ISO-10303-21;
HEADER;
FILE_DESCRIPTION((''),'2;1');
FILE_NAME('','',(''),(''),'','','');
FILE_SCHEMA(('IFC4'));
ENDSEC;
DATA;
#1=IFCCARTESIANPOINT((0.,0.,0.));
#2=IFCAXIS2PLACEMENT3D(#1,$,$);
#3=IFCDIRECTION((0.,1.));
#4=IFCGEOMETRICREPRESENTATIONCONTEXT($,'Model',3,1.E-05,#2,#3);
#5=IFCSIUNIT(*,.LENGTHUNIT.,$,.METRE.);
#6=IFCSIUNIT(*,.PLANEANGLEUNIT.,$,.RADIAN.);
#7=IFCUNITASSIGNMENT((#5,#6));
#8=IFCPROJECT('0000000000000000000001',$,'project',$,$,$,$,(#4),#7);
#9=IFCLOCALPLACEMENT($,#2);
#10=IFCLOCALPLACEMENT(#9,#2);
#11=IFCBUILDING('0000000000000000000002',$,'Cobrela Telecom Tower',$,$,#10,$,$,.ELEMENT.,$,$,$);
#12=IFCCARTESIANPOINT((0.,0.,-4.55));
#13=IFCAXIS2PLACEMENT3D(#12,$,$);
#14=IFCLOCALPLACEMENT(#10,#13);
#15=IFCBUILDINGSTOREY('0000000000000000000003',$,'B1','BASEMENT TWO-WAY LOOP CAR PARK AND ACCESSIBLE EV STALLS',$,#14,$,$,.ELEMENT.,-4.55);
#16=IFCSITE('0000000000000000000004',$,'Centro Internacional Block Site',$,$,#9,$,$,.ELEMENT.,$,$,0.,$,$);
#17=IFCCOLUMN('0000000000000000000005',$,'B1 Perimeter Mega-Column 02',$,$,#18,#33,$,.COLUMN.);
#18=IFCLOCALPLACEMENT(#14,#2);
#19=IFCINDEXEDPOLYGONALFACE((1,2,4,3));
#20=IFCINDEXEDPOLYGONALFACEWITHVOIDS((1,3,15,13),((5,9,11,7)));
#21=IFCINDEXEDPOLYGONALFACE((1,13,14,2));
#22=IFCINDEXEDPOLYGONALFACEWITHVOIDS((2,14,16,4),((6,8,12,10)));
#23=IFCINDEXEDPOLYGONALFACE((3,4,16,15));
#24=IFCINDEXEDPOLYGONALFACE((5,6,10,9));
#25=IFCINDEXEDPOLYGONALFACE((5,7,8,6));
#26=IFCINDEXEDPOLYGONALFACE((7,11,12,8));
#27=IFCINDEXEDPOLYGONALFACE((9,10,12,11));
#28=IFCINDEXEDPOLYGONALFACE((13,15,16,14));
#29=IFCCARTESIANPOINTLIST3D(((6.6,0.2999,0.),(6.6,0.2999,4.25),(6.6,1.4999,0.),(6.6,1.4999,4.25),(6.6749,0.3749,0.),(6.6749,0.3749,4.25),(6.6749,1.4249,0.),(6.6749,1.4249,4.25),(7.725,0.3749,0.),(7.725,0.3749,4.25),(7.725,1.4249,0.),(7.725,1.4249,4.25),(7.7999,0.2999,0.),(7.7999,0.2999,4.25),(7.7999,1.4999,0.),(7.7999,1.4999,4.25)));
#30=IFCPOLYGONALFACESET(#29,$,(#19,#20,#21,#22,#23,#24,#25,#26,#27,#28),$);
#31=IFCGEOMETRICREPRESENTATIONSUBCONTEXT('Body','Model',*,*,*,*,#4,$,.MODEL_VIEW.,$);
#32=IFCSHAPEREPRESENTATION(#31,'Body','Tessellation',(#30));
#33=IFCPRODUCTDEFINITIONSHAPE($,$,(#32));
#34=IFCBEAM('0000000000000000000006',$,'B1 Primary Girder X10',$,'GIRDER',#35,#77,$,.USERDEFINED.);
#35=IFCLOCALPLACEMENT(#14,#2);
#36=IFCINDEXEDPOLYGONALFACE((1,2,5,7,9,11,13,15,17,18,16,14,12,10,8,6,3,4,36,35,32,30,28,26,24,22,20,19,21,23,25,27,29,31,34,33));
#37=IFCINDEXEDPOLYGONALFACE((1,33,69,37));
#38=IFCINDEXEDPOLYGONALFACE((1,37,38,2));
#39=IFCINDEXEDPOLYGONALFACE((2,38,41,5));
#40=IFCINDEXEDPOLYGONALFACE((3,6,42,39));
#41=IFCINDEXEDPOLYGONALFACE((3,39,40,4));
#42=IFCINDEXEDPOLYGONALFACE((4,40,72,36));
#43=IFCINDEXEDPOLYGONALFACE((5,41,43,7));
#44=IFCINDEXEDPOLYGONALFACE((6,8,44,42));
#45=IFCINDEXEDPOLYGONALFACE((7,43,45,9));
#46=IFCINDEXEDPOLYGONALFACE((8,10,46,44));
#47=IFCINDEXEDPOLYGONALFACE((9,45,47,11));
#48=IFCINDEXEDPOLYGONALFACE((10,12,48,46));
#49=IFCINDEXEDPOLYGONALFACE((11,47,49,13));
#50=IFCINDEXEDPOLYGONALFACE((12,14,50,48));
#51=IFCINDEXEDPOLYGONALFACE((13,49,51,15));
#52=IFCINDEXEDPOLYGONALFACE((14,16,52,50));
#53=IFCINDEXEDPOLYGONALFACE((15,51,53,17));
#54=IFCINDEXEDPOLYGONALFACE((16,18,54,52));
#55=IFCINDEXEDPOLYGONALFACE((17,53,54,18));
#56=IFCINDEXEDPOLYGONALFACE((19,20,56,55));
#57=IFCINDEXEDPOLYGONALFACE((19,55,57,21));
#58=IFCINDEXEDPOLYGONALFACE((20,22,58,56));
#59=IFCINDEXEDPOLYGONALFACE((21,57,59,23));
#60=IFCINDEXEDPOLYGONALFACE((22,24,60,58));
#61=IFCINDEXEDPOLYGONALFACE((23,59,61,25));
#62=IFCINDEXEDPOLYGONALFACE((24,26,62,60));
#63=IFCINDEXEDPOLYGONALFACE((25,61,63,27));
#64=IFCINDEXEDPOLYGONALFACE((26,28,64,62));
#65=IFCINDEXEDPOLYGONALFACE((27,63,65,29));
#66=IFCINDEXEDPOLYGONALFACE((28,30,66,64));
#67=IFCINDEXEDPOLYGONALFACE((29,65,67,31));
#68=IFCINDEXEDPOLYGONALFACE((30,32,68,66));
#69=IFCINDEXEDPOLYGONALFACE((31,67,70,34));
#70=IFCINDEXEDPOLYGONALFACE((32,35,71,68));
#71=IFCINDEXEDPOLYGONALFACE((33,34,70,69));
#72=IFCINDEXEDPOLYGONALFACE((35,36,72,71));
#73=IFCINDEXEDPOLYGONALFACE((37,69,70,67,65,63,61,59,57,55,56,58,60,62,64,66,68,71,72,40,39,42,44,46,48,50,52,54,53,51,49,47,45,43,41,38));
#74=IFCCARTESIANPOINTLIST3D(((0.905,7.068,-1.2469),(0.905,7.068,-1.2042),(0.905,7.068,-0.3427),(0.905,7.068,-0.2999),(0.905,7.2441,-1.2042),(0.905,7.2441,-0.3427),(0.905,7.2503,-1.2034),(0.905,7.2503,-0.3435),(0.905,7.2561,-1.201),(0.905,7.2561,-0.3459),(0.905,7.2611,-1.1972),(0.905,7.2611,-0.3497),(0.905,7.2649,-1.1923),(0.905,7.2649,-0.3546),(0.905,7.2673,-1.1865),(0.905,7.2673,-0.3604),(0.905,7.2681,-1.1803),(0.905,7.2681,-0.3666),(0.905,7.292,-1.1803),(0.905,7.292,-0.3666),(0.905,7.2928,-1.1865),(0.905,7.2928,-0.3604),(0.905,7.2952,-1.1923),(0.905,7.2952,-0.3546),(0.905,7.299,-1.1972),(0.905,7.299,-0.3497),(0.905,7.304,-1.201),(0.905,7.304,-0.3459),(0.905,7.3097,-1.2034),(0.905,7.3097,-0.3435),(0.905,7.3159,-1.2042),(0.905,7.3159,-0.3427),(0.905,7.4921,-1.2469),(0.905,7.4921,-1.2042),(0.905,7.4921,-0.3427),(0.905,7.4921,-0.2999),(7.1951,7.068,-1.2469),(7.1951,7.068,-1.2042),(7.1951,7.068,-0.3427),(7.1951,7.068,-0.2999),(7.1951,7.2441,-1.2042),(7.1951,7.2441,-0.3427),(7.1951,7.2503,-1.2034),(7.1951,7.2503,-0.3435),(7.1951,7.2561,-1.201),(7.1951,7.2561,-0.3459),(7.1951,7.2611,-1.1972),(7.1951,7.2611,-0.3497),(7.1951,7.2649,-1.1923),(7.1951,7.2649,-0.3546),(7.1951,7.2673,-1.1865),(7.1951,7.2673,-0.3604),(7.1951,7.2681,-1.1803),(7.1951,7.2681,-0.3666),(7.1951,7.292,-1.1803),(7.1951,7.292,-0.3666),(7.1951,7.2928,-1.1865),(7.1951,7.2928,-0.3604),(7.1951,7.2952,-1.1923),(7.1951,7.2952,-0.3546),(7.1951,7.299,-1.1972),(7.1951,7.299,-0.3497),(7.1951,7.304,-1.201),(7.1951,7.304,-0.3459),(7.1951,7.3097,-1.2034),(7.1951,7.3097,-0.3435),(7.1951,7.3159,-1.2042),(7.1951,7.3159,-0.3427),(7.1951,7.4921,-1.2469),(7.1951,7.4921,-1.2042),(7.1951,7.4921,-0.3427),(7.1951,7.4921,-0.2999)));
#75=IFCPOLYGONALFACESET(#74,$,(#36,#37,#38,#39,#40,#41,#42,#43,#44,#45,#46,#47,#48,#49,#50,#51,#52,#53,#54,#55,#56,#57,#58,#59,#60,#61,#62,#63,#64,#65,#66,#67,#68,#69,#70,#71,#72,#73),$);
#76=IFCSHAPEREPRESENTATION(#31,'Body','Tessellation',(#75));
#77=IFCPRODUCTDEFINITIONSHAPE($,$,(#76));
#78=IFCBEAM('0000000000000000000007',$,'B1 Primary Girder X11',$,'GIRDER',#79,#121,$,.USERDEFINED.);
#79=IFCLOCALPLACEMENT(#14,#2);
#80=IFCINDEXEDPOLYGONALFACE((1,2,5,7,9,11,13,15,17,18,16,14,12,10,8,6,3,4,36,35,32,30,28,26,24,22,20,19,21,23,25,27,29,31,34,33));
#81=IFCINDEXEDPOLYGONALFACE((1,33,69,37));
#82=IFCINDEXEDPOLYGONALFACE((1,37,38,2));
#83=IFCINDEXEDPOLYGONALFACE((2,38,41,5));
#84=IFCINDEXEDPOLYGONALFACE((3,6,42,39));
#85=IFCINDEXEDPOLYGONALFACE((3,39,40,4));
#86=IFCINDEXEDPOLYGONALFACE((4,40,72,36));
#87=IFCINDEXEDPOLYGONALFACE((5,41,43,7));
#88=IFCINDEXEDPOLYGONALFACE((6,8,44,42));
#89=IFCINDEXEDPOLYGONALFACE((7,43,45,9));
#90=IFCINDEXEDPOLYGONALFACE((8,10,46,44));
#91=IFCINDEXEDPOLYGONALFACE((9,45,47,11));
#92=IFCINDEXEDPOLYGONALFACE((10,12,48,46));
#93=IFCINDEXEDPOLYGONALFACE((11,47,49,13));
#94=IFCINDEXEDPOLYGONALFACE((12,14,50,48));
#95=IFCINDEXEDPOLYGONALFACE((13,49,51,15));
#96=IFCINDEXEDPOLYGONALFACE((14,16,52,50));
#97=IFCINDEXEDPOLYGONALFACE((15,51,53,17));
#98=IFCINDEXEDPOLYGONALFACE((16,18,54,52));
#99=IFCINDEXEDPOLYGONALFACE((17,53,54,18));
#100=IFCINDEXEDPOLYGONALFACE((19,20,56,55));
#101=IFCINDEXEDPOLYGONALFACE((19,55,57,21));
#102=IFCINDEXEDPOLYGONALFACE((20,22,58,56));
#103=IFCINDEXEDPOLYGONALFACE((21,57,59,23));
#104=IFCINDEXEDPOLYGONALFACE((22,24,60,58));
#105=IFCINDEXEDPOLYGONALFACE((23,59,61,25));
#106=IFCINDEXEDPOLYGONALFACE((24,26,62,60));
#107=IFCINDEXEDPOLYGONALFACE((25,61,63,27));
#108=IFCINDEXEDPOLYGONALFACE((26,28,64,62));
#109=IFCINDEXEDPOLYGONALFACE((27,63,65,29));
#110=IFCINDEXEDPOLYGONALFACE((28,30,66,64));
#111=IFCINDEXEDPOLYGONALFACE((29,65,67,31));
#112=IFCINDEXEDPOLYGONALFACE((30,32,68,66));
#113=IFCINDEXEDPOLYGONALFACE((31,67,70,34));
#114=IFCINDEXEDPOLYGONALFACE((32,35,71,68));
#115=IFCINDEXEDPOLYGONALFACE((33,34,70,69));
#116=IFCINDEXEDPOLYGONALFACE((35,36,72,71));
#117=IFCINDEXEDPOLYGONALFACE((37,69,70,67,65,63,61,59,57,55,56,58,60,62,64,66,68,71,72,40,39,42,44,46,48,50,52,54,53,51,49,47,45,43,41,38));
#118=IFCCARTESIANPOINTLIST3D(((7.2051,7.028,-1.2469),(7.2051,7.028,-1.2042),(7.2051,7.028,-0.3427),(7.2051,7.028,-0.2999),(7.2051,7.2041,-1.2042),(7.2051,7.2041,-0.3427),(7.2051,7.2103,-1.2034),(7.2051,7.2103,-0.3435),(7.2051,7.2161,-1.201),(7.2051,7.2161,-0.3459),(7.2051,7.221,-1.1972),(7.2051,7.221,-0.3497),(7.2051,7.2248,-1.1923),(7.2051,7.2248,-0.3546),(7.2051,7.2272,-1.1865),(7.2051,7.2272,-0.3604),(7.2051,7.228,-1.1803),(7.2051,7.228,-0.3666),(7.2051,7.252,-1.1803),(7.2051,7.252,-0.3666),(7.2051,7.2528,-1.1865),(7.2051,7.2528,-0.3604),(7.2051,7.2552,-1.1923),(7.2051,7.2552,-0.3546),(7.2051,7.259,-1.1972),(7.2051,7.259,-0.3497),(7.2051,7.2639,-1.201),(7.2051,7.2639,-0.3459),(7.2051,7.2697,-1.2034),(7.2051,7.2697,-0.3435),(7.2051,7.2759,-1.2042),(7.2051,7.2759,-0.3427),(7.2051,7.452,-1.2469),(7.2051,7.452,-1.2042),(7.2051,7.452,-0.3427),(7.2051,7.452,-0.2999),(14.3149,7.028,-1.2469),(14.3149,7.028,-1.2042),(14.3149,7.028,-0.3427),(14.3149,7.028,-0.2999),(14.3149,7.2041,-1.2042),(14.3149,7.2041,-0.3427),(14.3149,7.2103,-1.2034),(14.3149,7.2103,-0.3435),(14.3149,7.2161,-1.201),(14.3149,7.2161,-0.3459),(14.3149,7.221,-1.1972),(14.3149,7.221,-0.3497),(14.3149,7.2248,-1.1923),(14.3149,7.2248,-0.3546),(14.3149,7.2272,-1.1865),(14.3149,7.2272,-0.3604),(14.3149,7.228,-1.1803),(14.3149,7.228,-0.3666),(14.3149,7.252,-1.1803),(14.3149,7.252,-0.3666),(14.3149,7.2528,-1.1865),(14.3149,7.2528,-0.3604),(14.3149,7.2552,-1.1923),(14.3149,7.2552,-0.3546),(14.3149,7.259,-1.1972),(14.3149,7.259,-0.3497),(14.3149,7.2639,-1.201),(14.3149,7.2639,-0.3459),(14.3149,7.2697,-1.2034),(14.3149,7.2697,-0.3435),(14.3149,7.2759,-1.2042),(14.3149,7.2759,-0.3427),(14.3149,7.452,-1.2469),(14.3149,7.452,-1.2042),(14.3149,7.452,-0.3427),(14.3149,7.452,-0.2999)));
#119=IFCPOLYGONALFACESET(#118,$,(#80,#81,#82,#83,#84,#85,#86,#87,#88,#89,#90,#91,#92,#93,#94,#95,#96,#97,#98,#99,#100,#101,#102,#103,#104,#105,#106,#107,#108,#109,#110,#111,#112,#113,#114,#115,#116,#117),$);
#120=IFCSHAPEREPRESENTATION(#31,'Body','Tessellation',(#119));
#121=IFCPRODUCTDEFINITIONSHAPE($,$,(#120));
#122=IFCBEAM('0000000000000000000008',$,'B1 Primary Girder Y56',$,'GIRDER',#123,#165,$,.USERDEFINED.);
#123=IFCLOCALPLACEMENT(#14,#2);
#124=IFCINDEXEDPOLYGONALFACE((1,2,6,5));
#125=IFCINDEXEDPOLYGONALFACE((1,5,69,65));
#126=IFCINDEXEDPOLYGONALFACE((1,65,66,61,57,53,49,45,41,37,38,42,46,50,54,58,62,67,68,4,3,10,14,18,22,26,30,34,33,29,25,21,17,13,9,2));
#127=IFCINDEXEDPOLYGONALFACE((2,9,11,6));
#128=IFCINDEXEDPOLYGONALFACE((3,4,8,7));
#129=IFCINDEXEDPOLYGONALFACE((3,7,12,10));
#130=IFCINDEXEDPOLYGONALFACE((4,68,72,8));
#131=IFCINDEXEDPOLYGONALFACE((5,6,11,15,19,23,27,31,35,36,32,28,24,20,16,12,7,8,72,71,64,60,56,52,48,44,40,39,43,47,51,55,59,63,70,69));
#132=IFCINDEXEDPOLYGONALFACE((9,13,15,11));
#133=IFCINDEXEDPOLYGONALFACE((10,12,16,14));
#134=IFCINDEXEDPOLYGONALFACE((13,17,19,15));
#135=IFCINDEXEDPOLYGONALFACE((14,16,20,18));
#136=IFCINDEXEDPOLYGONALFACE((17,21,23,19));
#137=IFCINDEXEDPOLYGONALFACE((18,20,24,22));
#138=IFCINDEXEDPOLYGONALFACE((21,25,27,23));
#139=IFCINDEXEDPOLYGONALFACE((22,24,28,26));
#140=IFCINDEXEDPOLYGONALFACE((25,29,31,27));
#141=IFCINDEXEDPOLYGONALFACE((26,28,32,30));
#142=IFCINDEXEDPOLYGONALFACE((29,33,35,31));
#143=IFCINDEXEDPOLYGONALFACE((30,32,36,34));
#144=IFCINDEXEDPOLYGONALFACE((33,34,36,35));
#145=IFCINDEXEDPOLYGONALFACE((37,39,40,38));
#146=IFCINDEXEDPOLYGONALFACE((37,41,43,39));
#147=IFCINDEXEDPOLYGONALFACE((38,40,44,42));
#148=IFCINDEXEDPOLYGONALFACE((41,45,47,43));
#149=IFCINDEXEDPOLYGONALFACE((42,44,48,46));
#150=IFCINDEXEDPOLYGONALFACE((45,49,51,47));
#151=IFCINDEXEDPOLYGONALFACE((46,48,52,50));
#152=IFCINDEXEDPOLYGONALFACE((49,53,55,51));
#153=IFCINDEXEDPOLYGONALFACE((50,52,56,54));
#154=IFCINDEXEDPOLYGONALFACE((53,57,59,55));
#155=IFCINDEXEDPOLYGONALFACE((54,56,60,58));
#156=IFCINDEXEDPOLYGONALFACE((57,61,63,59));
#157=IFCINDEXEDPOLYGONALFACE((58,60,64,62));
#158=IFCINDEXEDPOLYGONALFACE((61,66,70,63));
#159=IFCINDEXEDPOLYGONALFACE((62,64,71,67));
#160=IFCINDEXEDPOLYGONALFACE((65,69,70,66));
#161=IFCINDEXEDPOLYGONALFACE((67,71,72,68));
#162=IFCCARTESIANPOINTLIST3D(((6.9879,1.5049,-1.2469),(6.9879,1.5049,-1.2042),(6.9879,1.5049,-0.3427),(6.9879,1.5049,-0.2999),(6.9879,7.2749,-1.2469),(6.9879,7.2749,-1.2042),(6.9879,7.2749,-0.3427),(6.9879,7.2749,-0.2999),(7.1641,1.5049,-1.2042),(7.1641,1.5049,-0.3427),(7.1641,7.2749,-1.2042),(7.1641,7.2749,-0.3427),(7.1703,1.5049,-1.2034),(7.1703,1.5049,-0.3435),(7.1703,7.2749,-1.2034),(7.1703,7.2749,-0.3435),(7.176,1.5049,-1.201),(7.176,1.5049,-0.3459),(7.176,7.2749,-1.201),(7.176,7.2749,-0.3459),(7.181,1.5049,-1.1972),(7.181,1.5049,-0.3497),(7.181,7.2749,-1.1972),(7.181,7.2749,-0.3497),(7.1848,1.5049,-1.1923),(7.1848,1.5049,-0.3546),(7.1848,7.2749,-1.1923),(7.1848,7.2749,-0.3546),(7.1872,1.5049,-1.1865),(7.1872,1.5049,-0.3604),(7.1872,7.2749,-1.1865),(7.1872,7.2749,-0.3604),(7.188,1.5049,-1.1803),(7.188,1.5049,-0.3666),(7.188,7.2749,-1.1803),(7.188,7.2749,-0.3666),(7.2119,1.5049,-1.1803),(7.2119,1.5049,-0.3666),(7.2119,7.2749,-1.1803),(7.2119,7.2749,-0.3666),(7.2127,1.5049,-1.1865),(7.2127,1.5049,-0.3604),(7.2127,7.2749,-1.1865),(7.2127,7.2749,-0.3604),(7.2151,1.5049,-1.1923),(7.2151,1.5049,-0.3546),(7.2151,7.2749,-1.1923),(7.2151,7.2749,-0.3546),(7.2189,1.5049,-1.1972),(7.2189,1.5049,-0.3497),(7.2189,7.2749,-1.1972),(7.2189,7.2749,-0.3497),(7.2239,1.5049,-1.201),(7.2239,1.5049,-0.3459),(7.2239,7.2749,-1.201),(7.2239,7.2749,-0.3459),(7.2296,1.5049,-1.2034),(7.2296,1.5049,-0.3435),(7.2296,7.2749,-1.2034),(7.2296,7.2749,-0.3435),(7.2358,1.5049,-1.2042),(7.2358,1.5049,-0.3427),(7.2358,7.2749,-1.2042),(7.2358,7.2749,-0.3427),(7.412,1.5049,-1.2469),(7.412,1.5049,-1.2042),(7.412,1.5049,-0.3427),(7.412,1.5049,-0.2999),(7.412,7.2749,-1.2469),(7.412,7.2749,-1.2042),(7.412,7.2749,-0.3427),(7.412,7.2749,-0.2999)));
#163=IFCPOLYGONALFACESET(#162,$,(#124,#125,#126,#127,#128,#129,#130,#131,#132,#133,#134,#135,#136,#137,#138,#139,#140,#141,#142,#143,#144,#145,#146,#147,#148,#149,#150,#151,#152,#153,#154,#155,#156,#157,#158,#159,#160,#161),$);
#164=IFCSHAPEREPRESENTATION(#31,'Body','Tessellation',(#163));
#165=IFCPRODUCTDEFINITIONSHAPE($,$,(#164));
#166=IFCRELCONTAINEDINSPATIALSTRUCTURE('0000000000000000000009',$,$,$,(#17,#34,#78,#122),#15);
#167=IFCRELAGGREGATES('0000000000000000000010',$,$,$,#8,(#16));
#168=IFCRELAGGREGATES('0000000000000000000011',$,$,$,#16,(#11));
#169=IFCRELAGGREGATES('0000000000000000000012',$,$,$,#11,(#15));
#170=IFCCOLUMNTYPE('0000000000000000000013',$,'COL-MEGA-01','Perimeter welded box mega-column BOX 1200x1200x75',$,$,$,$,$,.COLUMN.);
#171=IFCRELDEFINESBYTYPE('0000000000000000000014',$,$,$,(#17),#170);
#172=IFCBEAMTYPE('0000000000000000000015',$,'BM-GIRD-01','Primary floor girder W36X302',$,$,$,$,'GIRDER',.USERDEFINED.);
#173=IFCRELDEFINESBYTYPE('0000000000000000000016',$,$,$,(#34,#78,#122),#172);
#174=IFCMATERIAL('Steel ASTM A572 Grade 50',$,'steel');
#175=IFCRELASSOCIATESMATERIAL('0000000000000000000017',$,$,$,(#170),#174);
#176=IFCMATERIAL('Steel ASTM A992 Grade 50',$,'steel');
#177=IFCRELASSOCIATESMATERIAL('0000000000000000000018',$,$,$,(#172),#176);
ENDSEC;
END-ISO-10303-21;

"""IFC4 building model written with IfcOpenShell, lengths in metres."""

from ifc_helpers import new_model, si_unit, direction, frame, origin, origin_2d, place, context, subcontext, project, spatial, hollow_rectangle, i_section, extrude, material, material_profile, profile_set, type_object, element, save


model = new_model("IFC4")

# Units and contexts
model_context = context("Model", 3, precision=1e-05, world=origin(), true_north=direction((0.0, 1.0)))
body_context = subcontext(model_context, "Body", "Model", "MODEL_VIEW")
ifc_project = project(units=[si_unit("LENGTHUNIT", "METRE"), si_unit("PLANEANGLEUNIT", "RADIAN")], contexts=[model_context])

# Site, building, storey
site_placement = place(None, origin())
site = spatial("IfcSite", under=ifc_project, at=site_placement, Name="Centro Internacional Block Site", CompositionType="ELEMENT", RefElevation=0.0)
building_placement = place(site_placement, origin())
building = spatial("IfcBuilding", under=site, at=building_placement, Name="Cobrela Telecom Tower", CompositionType="ELEMENT")
storey_placement = place(building_placement, frame((0.0, 0.0, -4.55)))
storey = spatial("IfcBuildingStorey", under=building, at=storey_placement, Name="B1", Description="BASEMENT TWO-WAY LOOP CAR PARK AND ACCESSIBLE EV STALLS", CompositionType="ELEMENT", Elevation=-4.55)

# Column
ifc_material_1 = material(Name="Steel ASTM A572 Grade 50", Category="steel")
ifc_material_profile_1 = material_profile(ifc_material_1, hollow_rectangle(XDim=1.2, YDim=1.2, WallThickness=0.075, at=origin_2d()), Name="BOX 1200x1200x75")
ifc_profile_set_1 = profile_set([ifc_material_profile_1], Name="Steel ASTM A572 Grade 50")
column_type = type_object("IfcColumnType", Name="COL-MEGA-01", Description="Perimeter welded box mega-column BOX 1200x1200x75", PredefinedType="COLUMN", material=ifc_profile_set_1)
column_placement = place(storey_placement, frame((7.2, 0.8999, 0.0), z_axis=(0.0, 0.0, 1.0), x_axis=(1.0, 0.0, 0.0)))
element("IfcColumn", 1, at=column_placement, inside=storey, type_object=column_type, Name="B1 Perimeter Mega-Column 02", PredefinedType="COLUMN", context=body_context, shape_type="SweptSolid", body=[
    extrude(hollow_rectangle(XDim=1.2, YDim=1.2, WallThickness=0.075, at=origin_2d()), origin(), (0.0, 0.0, 1.0), 4.25),
])

# Beams
ifc_material_2 = material(Name="Steel ASTM A992 Grade 50", Category="steel")
ifc_material_profile_2 = material_profile(ifc_material_2, i_section(OverallWidth=0.4241, OverallDepth=0.947, WebThickness=0.0239, FlangeThickness=0.0427, FilletRadius=0.0239, at=origin_2d()), Name="W36X302")
ifc_profile_set_2 = profile_set([ifc_material_profile_2], Name="Steel ASTM A992 Grade 50")
beam_type_1 = type_object("IfcBeamType", Name="BM-GIRD-01", Description="Primary floor girder W36X302", ElementType="GIRDER", PredefinedType="USERDEFINED", material=ifc_profile_set_2)
beam_1_placement = place(storey_placement, frame((0.905, 7.28, -0.7734), z_axis=(1.0, 0.0, 0.0), x_axis=(0.0, 1.0, 0.0)))
element("IfcBeam", 2, at=beam_1_placement, inside=storey, type_object=beam_type_1, Name="B1 Primary Girder X10", ObjectType="GIRDER", PredefinedType="USERDEFINED", context=body_context, shape_type="SweptSolid", body=[
    extrude(i_section(OverallWidth=0.4241, OverallDepth=0.947, WebThickness=0.0239, FlangeThickness=0.0427, FilletRadius=0.0239, at=origin_2d()), origin(), (0.0, 0.0, 1.0), 6.29),
])
beam_2_placement = place(storey_placement, frame((7.2051, 7.24, -0.7734), z_axis=(1.0, 0.0, 0.0), x_axis=(0.0, 1.0, 0.0)))
element("IfcBeam", 3, at=beam_2_placement, inside=storey, type_object=beam_type_1, Name="B1 Primary Girder X11", ObjectType="GIRDER", PredefinedType="USERDEFINED", context=body_context, shape_type="SweptSolid", body=[
    extrude(i_section(OverallWidth=0.4241, OverallDepth=0.947, WebThickness=0.0239, FlangeThickness=0.0427, FilletRadius=0.0239, at=origin_2d()), origin(), (0.0, 0.0, 1.0), 7.1099),
])
beam_3_placement = place(storey_placement, frame((7.2, 1.5049, -0.7734), z_axis=(0.0, 1.0, 0.0), x_axis=(-1.0, 0.0, 0.0)))
element("IfcBeam", 4, at=beam_3_placement, inside=storey, type_object=beam_type_1, Name="B1 Primary Girder Y56", ObjectType="GIRDER", PredefinedType="USERDEFINED", context=body_context, shape_type="SweptSolid", body=[
    extrude(i_section(OverallWidth=0.4241, OverallDepth=0.947, WebThickness=0.0239, FlangeThickness=0.0427, FilletRadius=0.0239, at=origin_2d()), origin(), (0.0, 0.0, 1.0), 5.77),
])

save(model, "model.ifc")
